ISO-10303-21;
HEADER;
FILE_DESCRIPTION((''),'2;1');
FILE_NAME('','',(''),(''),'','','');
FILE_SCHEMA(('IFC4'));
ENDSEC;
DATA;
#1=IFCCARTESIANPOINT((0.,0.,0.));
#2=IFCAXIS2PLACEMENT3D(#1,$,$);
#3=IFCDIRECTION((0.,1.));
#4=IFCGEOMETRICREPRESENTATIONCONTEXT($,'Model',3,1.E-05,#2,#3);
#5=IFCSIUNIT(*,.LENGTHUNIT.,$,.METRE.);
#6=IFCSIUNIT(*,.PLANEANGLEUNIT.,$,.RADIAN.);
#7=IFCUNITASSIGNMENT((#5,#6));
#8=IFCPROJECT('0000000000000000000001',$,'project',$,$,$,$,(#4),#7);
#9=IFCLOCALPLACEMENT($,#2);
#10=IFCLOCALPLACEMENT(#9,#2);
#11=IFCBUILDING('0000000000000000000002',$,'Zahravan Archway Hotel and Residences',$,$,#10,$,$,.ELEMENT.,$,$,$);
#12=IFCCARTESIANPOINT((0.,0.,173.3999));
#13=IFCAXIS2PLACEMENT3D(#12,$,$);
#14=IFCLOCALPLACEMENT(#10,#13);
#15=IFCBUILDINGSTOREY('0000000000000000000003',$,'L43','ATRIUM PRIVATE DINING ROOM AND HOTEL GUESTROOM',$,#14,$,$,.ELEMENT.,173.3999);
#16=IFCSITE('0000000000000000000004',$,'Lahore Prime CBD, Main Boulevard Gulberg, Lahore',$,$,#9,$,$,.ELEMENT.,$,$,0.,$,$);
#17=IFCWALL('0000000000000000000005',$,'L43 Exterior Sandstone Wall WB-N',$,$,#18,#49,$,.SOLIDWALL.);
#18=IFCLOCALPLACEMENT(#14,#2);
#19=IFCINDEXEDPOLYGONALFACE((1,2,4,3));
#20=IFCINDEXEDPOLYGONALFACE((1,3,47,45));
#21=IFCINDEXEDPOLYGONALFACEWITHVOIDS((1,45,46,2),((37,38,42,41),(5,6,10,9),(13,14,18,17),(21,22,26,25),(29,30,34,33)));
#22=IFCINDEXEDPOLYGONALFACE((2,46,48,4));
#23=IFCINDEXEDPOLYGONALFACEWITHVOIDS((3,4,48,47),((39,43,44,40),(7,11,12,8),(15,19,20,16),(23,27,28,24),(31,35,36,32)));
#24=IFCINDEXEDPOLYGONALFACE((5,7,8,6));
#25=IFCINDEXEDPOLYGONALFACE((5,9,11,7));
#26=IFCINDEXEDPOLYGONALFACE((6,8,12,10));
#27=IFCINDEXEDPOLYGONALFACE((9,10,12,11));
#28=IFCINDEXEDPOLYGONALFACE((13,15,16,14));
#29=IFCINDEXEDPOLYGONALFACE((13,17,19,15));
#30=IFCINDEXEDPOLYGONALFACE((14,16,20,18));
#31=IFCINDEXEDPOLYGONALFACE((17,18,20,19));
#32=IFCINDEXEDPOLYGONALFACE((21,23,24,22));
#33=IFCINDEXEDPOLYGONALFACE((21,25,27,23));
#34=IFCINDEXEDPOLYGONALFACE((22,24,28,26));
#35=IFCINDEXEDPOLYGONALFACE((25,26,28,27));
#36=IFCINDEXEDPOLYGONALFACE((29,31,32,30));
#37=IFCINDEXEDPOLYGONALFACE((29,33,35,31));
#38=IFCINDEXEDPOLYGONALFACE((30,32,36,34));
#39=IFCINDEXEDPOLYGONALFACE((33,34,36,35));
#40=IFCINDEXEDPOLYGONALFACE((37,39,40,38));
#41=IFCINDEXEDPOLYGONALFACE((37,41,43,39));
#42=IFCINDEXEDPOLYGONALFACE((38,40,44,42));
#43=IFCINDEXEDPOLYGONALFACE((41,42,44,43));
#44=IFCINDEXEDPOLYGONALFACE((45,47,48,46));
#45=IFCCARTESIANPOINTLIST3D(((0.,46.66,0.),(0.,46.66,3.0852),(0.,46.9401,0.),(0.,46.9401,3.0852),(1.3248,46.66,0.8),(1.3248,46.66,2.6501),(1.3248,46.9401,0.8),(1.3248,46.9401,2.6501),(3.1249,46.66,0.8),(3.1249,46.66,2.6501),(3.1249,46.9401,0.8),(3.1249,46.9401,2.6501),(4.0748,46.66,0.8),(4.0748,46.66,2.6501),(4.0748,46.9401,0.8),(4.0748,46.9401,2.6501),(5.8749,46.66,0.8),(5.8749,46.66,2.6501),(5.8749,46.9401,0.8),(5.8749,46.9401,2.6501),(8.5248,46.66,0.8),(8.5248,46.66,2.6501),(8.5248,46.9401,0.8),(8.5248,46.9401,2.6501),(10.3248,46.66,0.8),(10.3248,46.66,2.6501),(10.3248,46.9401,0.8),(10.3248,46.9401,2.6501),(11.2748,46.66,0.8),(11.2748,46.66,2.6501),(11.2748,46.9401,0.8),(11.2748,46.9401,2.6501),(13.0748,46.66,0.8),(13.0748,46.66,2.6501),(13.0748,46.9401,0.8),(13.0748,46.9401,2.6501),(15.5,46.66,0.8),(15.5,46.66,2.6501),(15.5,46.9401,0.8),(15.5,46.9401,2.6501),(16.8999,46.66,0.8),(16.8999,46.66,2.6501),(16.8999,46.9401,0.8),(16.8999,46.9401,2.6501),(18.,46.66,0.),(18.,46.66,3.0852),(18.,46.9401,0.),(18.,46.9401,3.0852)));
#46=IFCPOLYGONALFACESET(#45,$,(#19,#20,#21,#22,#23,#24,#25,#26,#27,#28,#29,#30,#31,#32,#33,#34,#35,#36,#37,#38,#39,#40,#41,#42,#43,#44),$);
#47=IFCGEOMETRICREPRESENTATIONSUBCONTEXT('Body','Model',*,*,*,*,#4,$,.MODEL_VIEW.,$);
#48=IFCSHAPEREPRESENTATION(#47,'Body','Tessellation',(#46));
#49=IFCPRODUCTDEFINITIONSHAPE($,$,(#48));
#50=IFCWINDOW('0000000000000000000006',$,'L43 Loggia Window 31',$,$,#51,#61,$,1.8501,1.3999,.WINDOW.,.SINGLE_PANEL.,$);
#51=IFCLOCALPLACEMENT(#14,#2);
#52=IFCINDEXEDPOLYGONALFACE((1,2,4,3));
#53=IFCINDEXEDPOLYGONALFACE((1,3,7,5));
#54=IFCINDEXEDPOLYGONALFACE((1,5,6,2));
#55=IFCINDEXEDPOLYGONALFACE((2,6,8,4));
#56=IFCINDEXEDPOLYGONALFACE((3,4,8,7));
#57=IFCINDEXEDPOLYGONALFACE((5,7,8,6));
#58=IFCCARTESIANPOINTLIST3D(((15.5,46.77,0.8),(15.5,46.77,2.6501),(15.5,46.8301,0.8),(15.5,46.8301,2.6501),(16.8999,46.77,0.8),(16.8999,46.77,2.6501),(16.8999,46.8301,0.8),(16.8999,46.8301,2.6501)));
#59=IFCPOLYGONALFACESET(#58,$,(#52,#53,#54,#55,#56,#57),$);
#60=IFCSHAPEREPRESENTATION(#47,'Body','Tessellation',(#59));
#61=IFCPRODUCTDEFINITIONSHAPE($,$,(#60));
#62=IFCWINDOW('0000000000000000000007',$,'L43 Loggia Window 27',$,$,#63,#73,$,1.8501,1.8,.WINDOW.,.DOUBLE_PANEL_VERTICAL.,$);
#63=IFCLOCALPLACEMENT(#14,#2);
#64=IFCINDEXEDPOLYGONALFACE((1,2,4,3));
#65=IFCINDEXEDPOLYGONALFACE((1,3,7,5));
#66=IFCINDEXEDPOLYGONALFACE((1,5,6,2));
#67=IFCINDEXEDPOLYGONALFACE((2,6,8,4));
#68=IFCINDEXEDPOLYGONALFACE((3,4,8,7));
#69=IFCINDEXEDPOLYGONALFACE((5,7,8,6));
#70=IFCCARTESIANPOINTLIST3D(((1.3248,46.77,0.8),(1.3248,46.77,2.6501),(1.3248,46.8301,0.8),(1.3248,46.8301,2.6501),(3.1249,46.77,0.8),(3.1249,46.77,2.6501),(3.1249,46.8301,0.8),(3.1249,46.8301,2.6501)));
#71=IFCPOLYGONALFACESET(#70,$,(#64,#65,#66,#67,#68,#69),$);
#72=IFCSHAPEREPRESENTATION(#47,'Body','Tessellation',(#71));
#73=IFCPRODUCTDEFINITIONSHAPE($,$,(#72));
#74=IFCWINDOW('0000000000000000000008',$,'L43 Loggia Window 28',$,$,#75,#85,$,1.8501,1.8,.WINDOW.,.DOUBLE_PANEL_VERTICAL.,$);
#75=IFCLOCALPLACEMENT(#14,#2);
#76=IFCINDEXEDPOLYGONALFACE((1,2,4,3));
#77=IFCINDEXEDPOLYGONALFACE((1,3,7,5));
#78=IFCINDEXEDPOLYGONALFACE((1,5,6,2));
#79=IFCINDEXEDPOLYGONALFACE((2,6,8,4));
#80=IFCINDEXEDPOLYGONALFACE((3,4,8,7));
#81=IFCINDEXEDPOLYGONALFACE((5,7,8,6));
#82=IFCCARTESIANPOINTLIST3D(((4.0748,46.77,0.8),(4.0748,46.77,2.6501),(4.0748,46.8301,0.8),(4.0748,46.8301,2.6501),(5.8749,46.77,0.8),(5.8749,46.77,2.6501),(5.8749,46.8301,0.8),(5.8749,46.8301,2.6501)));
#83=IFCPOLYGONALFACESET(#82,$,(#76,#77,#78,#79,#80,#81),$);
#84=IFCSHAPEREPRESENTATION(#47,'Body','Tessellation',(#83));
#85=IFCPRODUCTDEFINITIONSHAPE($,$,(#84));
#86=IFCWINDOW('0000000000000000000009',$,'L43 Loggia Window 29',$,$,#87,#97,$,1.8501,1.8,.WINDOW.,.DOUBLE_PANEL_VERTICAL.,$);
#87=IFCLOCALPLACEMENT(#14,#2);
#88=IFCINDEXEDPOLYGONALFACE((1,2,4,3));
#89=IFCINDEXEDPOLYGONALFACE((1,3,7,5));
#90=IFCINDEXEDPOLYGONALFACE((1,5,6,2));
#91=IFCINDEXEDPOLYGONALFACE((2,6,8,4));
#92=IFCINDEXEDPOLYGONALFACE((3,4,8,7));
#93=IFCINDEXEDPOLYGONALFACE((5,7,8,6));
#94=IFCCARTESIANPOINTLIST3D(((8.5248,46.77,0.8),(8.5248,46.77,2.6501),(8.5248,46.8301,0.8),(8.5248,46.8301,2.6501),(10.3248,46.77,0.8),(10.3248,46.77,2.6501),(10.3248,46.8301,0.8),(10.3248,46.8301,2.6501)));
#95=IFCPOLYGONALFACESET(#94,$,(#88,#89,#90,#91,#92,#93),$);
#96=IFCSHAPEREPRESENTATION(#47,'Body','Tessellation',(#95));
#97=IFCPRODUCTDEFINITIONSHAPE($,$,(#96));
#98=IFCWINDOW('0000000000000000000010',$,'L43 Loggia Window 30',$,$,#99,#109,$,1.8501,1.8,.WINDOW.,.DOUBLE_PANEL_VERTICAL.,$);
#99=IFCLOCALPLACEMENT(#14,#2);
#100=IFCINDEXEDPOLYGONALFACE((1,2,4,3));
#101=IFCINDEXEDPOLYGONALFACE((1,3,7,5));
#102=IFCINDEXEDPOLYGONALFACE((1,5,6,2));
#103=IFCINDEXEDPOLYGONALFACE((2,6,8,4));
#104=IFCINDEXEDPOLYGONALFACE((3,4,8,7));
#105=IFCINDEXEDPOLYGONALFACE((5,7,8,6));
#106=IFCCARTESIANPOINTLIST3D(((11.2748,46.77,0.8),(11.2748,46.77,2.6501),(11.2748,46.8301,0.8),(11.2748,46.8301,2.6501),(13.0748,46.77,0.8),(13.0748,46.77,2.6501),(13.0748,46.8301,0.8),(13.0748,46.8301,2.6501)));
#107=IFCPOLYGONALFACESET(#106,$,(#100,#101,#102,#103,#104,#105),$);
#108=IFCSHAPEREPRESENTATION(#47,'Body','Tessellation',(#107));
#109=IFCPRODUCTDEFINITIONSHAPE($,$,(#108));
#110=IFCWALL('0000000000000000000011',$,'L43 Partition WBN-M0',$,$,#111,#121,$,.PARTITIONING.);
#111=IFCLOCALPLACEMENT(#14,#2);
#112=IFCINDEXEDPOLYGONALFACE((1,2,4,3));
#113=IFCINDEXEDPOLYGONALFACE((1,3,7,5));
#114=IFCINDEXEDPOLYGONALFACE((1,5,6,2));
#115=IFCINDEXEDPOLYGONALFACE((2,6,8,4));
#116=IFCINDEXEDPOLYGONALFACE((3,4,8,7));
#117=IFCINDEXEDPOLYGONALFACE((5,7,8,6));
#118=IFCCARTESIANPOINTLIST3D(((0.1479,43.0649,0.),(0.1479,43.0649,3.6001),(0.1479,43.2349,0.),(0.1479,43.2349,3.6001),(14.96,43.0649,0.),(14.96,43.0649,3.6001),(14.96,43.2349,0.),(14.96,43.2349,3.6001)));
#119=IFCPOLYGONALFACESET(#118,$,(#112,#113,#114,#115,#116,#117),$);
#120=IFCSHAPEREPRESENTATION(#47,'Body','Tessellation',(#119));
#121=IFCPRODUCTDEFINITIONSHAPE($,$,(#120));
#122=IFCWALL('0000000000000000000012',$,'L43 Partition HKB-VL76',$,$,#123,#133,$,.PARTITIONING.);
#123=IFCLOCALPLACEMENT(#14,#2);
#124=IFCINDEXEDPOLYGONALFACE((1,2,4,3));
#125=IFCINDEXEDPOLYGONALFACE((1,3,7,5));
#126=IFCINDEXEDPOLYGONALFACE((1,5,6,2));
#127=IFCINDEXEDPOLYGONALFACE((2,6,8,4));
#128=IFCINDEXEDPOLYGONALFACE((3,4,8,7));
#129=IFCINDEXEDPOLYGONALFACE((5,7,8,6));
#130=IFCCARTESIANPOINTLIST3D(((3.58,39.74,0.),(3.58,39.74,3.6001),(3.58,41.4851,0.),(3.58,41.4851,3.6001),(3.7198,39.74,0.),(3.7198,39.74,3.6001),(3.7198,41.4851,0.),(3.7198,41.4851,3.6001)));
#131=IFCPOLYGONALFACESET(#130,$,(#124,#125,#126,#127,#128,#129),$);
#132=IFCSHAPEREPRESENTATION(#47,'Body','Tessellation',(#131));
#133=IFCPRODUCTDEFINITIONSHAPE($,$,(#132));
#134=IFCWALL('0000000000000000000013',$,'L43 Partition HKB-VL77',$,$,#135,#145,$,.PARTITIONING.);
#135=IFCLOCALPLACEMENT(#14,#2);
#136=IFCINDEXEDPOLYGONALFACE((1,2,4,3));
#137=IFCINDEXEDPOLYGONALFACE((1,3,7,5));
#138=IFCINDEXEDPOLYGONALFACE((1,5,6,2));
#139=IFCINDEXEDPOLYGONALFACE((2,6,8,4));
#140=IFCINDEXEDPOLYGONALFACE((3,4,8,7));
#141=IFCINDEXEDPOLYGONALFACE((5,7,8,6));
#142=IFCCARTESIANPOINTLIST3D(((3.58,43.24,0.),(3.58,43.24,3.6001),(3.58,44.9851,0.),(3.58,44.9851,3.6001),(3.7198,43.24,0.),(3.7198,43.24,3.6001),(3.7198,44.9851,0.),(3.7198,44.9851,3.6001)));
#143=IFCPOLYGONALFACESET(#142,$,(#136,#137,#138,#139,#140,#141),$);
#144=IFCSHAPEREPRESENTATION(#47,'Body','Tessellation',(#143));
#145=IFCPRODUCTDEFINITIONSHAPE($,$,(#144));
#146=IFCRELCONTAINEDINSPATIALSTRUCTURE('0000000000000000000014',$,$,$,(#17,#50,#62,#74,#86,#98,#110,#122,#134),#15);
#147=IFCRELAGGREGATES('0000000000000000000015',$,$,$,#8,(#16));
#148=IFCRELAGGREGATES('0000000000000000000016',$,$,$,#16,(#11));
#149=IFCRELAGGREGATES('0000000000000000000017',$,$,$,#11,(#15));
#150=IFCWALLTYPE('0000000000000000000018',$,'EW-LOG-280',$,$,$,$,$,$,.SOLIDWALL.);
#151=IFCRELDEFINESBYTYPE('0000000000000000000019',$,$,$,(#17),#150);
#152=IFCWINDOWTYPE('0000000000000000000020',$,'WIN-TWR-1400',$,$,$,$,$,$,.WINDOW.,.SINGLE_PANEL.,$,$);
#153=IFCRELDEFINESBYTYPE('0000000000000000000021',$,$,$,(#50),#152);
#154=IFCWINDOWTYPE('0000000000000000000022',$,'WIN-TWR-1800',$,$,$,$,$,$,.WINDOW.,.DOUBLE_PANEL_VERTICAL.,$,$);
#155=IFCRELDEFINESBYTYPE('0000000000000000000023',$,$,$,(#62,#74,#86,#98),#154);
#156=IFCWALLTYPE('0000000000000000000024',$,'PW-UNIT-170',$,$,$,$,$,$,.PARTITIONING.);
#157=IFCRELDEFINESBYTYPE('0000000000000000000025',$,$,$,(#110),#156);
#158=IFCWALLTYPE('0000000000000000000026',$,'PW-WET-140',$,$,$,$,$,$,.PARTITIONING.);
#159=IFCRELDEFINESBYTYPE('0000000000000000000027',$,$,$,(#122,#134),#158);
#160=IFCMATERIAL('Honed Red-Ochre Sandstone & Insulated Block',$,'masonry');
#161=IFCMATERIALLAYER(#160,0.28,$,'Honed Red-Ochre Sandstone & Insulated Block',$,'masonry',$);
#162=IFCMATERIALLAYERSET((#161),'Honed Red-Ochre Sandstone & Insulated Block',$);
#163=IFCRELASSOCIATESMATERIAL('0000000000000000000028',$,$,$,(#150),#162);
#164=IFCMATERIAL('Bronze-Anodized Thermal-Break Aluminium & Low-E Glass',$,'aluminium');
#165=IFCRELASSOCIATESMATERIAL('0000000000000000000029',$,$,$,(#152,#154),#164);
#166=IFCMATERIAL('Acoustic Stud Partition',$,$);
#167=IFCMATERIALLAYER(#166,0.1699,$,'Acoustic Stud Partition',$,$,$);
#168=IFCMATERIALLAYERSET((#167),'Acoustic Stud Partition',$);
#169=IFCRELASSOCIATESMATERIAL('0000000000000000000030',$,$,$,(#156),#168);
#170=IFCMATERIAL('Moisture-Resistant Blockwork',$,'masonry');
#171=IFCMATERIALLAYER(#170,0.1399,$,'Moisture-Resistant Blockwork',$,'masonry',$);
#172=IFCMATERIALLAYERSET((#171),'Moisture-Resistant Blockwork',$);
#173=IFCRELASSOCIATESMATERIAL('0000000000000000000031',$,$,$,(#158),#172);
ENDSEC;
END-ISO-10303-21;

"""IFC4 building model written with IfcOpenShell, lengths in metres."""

from ifc_helpers import new_model, si_unit, direction, frame, frame_2d, origin, place, context, subcontext, project, spatial, rectangle, extrude, source, transform, mapped, material, layer, layer_set, type_object, type_shapes, element, fill, save


model = new_model("IFC4")

# Units and contexts
model_context = context("Model", 3, precision=1e-05, world=origin(), true_north=direction((0.0, 1.0)))
body_context = subcontext(model_context, "Body", "Model", "MODEL_VIEW")
ifc_project = project(units=[si_unit("LENGTHUNIT", "METRE"), si_unit("PLANEANGLEUNIT", "RADIAN")], contexts=[model_context])

# Site, building, storey
site_placement = place(None, origin())
site = spatial("IfcSite", under=ifc_project, at=site_placement, Name="Lahore Prime CBD, Main Boulevard Gulberg, Lahore", CompositionType="ELEMENT", RefElevation=0.0)
building_placement = place(site_placement, origin())
building = spatial("IfcBuilding", under=site, at=building_placement, Name="Zahravan Archway Hotel and Residences", CompositionType="ELEMENT")
storey_placement = place(building_placement, frame((0.0, 0.0, 173.3999)))
storey = spatial("IfcBuildingStorey", under=building, at=storey_placement, Name="L43", Description="ATRIUM PRIVATE DINING ROOM AND HOTEL GUESTROOM", CompositionType="ELEMENT", Elevation=173.3999)

# Wall, openings, windows
ifc_material_1 = material(Name="Honed Red-Ochre Sandstone & Insulated Block", Category="masonry")
ifc_layer_1 = layer(ifc_material_1, 0.28, Name="Honed Red-Ochre Sandstone & Insulated Block", Category="masonry")
ifc_layer_set_1 = layer_set([ifc_layer_1], Name="Honed Red-Ochre Sandstone & Insulated Block")
wall_type_1 = type_object("IfcWallType", Name="EW-LOG-280", PredefinedType="SOLIDWALL", material=ifc_layer_set_1)
wall_1_placement = place(storey_placement, frame((0.0, 46.8, 0.0), z_axis=(0.0, 0.0, 1.0), x_axis=(1.0, 0.0, 0.0)))
wall_1 = element("IfcWall", 1, at=wall_1_placement, inside=storey, type_object=wall_type_1, Name="L43 Exterior Sandstone Wall WB-N", PredefinedType="SOLIDWALL", context=body_context, shape_type="SweptSolid", body=[
    extrude(rectangle(XDim=18.0, YDim=0.28, at=frame_2d((9.0, 0.0))), origin(), (0.0, 0.0, 1.0), 3.0852),
])
opening_1_placement = place(wall_1_placement, frame((1.325, 0.0, 0.8)))
opening_1 = element("IfcOpeningElement", 2, at=opening_1_placement, cuts=wall_1, PredefinedType="OPENING", context=body_context, shape_type="SweptSolid", body=[
    extrude(rectangle(XDim=1.8, YDim=1.8501, at=frame_2d((0.8999, 0.925))), frame((0.0, 0.1499, 0.0), z_axis=(0.0, -1.0, 0.0), x_axis=(1.0, 0.0, 0.0)), (0.0, 0.0, 1.0), 0.3),
])
opening_2_placement = place(wall_1_placement, frame((4.075, 0.0, 0.8)))
opening_2 = element("IfcOpeningElement", 3, at=opening_2_placement, cuts=wall_1, PredefinedType="OPENING", context=body_context, shape_type="SweptSolid", body=[
    extrude(rectangle(XDim=1.8, YDim=1.8501, at=frame_2d((0.8999, 0.925))), frame((0.0, 0.1499, 0.0), z_axis=(0.0, -1.0, 0.0), x_axis=(1.0, 0.0, 0.0)), (0.0, 0.0, 1.0), 0.3),
])
opening_3_placement = place(wall_1_placement, frame((8.5249, 0.0, 0.8)))
opening_3 = element("IfcOpeningElement", 4, at=opening_3_placement, cuts=wall_1, PredefinedType="OPENING", context=body_context, shape_type="SweptSolid", body=[
    extrude(rectangle(XDim=1.8, YDim=1.8501, at=frame_2d((0.8999, 0.925))), frame((0.0, 0.1499, 0.0), z_axis=(0.0, -1.0, 0.0), x_axis=(1.0, 0.0, 0.0)), (0.0, 0.0, 1.0), 0.3),
])
opening_4_placement = place(wall_1_placement, frame((11.2749, 0.0, 0.8)))
opening_4 = element("IfcOpeningElement", 5, at=opening_4_placement, cuts=wall_1, PredefinedType="OPENING", context=body_context, shape_type="SweptSolid", body=[
    extrude(rectangle(XDim=1.8, YDim=1.8501, at=frame_2d((0.8999, 0.925))), frame((0.0, 0.1499, 0.0), z_axis=(0.0, -1.0, 0.0), x_axis=(1.0, 0.0, 0.0)), (0.0, 0.0, 1.0), 0.3),
])
opening_5_placement = place(wall_1_placement, frame((15.5, 0.0, 0.8)))
opening_5 = element("IfcOpeningElement", 6, at=opening_5_placement, cuts=wall_1, PredefinedType="OPENING", context=body_context, shape_type="SweptSolid", body=[
    extrude(rectangle(XDim=1.3999, YDim=1.8501, at=frame_2d((0.7, 0.925))), frame((0.0, 0.1499, 0.0), z_axis=(0.0, -1.0, 0.0), x_axis=(1.0, 0.0, 0.0)), (0.0, 0.0, 1.0), 0.3),
])
ifc_material_2 = material(Name="Bronze-Anodized Thermal-Break Aluminium & Low-E Glass", Category="aluminium")
window_type_1 = type_object("IfcWindowType", Name="WIN-TWR-1400", PartitioningType="SINGLE_PANEL", PredefinedType="WINDOW", material=ifc_material_2)
shared_shape_1 = source(origin(), body_context, "Body", "SweptSolid", [
    extrude(rectangle(XDim=1.3999, YDim=1.8501, at=frame_2d((0.7, 0.925))), frame((0.0, 0.03, 0.0), z_axis=(0.0, -1.0, 0.0), x_axis=(1.0, 0.0, 0.0)), (0.0, 0.0, 1.0), 0.0601),
])
type_shapes(window_type_1, [shared_shape_1])
window_1_placement = place(opening_5_placement, origin())
window_1 = element("IfcWindow", 7, at=window_1_placement, inside=storey, type_object=window_type_1, Name="L43 Loggia Window 31", OverallHeight=1.8501, OverallWidth=1.3999, PartitioningType="SINGLE_PANEL", PredefinedType="WINDOW", context=body_context, shape_type="MappedRepresentation", body=[
    mapped(shared_shape_1, transform((0.0, 0.0, 0.0), scale=1.0)),
])
fill(opening_5, window_1)
window_type_2 = type_object("IfcWindowType", Name="WIN-TWR-1800", PartitioningType="DOUBLE_PANEL_VERTICAL", PredefinedType="WINDOW", material=ifc_material_2)
shared_shape_2 = source(origin(), body_context, "Body", "SweptSolid", [
    extrude(rectangle(XDim=1.8, YDim=1.8501, at=frame_2d((0.8999, 0.925))), frame((0.0, 0.03, 0.0), z_axis=(0.0, -1.0, 0.0), x_axis=(1.0, 0.0, 0.0)), (0.0, 0.0, 1.0), 0.0601),
])
type_shapes(window_type_2, [shared_shape_2])
window_2_placement = place(opening_1_placement, origin())
window_2 = element("IfcWindow", 8, at=window_2_placement, inside=storey, type_object=window_type_2, Name="L43 Loggia Window 27", OverallHeight=1.8501, OverallWidth=1.8, PartitioningType="DOUBLE_PANEL_VERTICAL", PredefinedType="WINDOW", context=body_context, shape_type="MappedRepresentation", body=[
    mapped(shared_shape_2, transform((0.0, 0.0, 0.0), scale=1.0)),
])
fill(opening_1, window_2)
window_3_placement = place(opening_2_placement, origin())
window_3 = element("IfcWindow", 9, at=window_3_placement, inside=storey, type_object=window_type_2, Name="L43 Loggia Window 28", OverallHeight=1.8501, OverallWidth=1.8, PartitioningType="DOUBLE_PANEL_VERTICAL", PredefinedType="WINDOW", context=body_context, shape_type="MappedRepresentation", body=[
    mapped(shared_shape_2, transform((0.0, 0.0, 0.0), scale=1.0)),
])
fill(opening_2, window_3)
window_4_placement = place(opening_3_placement, origin())
window_4 = element("IfcWindow", 10, at=window_4_placement, inside=storey, type_object=window_type_2, Name="L43 Loggia Window 29", OverallHeight=1.8501, OverallWidth=1.8, PartitioningType="DOUBLE_PANEL_VERTICAL", PredefinedType="WINDOW", context=body_context, shape_type="MappedRepresentation", body=[
    mapped(shared_shape_2, transform((0.0, 0.0, 0.0), scale=1.0)),
])
fill(opening_3, window_4)
window_5_placement = place(opening_4_placement, origin())
window_5 = element("IfcWindow", 11, at=window_5_placement, inside=storey, type_object=window_type_2, Name="L43 Loggia Window 30", OverallHeight=1.8501, OverallWidth=1.8, PartitioningType="DOUBLE_PANEL_VERTICAL", PredefinedType="WINDOW", context=body_context, shape_type="MappedRepresentation", body=[
    mapped(shared_shape_2, transform((0.0, 0.0, 0.0), scale=1.0)),
])
fill(opening_4, window_5)

# Shared definitions
ifc_material_3 = material(Name="Acoustic Stud Partition")
ifc_layer_2 = layer(ifc_material_3, 0.1699, Name="Acoustic Stud Partition")
ifc_layer_set_2 = layer_set([ifc_layer_2], Name="Acoustic Stud Partition")
wall_type_2 = type_object("IfcWallType", Name="PW-UNIT-170", PredefinedType="PARTITIONING", material=ifc_layer_set_2)

# Walls
wall_2_placement = place(storey_placement, frame((0.1479, 43.1499, 0.0), z_axis=(0.0, 0.0, 1.0), x_axis=(1.0, 0.0, 0.0)))
element("IfcWall", 12, at=wall_2_placement, inside=storey, type_object=wall_type_2, Name="L43 Partition WBN-M0", PredefinedType="PARTITIONING", context=body_context, shape_type="SweptSolid", body=[
    extrude(rectangle(XDim=14.812, YDim=0.1699, at=frame_2d((7.406, 0.0))), origin(), (0.0, 0.0, 1.0), 3.6001),
])
ifc_material_4 = material(Name="Moisture-Resistant Blockwork", Category="masonry")
ifc_layer_3 = layer(ifc_material_4, 0.1399, Name="Moisture-Resistant Blockwork", Category="masonry")
ifc_layer_set_3 = layer_set([ifc_layer_3], Name="Moisture-Resistant Blockwork")
wall_type_3 = type_object("IfcWallType", Name="PW-WET-140", PredefinedType="PARTITIONING", material=ifc_layer_set_3)
for number, where, z_axis, x_axis, name in (
    (13, (3.6499, 39.74, 0.0), (0.0, 0.0, 1.0), (0.0, 1.0, 0.0), "L43 Partition HKB-VL76"),
    (14, (3.6499, 43.24, 0.0), (0.0, 0.0, 1.0), (0.0, 1.0, 0.0), "L43 Partition HKB-VL77"),
):
    element("IfcWall", number, at=place(storey_placement, frame(where, z_axis=z_axis, x_axis=x_axis)), inside=storey, type_object=wall_type_3, Name=name, PredefinedType="PARTITIONING", context=body_context, shape_type="SweptSolid", body=[
        extrude(rectangle(XDim=1.7451, YDim=0.1399, at=frame_2d((0.8726, 0.0))), origin(), (0.0, 0.0, 1.0), 3.6001),
    ])

save(model, "model.ifc")
